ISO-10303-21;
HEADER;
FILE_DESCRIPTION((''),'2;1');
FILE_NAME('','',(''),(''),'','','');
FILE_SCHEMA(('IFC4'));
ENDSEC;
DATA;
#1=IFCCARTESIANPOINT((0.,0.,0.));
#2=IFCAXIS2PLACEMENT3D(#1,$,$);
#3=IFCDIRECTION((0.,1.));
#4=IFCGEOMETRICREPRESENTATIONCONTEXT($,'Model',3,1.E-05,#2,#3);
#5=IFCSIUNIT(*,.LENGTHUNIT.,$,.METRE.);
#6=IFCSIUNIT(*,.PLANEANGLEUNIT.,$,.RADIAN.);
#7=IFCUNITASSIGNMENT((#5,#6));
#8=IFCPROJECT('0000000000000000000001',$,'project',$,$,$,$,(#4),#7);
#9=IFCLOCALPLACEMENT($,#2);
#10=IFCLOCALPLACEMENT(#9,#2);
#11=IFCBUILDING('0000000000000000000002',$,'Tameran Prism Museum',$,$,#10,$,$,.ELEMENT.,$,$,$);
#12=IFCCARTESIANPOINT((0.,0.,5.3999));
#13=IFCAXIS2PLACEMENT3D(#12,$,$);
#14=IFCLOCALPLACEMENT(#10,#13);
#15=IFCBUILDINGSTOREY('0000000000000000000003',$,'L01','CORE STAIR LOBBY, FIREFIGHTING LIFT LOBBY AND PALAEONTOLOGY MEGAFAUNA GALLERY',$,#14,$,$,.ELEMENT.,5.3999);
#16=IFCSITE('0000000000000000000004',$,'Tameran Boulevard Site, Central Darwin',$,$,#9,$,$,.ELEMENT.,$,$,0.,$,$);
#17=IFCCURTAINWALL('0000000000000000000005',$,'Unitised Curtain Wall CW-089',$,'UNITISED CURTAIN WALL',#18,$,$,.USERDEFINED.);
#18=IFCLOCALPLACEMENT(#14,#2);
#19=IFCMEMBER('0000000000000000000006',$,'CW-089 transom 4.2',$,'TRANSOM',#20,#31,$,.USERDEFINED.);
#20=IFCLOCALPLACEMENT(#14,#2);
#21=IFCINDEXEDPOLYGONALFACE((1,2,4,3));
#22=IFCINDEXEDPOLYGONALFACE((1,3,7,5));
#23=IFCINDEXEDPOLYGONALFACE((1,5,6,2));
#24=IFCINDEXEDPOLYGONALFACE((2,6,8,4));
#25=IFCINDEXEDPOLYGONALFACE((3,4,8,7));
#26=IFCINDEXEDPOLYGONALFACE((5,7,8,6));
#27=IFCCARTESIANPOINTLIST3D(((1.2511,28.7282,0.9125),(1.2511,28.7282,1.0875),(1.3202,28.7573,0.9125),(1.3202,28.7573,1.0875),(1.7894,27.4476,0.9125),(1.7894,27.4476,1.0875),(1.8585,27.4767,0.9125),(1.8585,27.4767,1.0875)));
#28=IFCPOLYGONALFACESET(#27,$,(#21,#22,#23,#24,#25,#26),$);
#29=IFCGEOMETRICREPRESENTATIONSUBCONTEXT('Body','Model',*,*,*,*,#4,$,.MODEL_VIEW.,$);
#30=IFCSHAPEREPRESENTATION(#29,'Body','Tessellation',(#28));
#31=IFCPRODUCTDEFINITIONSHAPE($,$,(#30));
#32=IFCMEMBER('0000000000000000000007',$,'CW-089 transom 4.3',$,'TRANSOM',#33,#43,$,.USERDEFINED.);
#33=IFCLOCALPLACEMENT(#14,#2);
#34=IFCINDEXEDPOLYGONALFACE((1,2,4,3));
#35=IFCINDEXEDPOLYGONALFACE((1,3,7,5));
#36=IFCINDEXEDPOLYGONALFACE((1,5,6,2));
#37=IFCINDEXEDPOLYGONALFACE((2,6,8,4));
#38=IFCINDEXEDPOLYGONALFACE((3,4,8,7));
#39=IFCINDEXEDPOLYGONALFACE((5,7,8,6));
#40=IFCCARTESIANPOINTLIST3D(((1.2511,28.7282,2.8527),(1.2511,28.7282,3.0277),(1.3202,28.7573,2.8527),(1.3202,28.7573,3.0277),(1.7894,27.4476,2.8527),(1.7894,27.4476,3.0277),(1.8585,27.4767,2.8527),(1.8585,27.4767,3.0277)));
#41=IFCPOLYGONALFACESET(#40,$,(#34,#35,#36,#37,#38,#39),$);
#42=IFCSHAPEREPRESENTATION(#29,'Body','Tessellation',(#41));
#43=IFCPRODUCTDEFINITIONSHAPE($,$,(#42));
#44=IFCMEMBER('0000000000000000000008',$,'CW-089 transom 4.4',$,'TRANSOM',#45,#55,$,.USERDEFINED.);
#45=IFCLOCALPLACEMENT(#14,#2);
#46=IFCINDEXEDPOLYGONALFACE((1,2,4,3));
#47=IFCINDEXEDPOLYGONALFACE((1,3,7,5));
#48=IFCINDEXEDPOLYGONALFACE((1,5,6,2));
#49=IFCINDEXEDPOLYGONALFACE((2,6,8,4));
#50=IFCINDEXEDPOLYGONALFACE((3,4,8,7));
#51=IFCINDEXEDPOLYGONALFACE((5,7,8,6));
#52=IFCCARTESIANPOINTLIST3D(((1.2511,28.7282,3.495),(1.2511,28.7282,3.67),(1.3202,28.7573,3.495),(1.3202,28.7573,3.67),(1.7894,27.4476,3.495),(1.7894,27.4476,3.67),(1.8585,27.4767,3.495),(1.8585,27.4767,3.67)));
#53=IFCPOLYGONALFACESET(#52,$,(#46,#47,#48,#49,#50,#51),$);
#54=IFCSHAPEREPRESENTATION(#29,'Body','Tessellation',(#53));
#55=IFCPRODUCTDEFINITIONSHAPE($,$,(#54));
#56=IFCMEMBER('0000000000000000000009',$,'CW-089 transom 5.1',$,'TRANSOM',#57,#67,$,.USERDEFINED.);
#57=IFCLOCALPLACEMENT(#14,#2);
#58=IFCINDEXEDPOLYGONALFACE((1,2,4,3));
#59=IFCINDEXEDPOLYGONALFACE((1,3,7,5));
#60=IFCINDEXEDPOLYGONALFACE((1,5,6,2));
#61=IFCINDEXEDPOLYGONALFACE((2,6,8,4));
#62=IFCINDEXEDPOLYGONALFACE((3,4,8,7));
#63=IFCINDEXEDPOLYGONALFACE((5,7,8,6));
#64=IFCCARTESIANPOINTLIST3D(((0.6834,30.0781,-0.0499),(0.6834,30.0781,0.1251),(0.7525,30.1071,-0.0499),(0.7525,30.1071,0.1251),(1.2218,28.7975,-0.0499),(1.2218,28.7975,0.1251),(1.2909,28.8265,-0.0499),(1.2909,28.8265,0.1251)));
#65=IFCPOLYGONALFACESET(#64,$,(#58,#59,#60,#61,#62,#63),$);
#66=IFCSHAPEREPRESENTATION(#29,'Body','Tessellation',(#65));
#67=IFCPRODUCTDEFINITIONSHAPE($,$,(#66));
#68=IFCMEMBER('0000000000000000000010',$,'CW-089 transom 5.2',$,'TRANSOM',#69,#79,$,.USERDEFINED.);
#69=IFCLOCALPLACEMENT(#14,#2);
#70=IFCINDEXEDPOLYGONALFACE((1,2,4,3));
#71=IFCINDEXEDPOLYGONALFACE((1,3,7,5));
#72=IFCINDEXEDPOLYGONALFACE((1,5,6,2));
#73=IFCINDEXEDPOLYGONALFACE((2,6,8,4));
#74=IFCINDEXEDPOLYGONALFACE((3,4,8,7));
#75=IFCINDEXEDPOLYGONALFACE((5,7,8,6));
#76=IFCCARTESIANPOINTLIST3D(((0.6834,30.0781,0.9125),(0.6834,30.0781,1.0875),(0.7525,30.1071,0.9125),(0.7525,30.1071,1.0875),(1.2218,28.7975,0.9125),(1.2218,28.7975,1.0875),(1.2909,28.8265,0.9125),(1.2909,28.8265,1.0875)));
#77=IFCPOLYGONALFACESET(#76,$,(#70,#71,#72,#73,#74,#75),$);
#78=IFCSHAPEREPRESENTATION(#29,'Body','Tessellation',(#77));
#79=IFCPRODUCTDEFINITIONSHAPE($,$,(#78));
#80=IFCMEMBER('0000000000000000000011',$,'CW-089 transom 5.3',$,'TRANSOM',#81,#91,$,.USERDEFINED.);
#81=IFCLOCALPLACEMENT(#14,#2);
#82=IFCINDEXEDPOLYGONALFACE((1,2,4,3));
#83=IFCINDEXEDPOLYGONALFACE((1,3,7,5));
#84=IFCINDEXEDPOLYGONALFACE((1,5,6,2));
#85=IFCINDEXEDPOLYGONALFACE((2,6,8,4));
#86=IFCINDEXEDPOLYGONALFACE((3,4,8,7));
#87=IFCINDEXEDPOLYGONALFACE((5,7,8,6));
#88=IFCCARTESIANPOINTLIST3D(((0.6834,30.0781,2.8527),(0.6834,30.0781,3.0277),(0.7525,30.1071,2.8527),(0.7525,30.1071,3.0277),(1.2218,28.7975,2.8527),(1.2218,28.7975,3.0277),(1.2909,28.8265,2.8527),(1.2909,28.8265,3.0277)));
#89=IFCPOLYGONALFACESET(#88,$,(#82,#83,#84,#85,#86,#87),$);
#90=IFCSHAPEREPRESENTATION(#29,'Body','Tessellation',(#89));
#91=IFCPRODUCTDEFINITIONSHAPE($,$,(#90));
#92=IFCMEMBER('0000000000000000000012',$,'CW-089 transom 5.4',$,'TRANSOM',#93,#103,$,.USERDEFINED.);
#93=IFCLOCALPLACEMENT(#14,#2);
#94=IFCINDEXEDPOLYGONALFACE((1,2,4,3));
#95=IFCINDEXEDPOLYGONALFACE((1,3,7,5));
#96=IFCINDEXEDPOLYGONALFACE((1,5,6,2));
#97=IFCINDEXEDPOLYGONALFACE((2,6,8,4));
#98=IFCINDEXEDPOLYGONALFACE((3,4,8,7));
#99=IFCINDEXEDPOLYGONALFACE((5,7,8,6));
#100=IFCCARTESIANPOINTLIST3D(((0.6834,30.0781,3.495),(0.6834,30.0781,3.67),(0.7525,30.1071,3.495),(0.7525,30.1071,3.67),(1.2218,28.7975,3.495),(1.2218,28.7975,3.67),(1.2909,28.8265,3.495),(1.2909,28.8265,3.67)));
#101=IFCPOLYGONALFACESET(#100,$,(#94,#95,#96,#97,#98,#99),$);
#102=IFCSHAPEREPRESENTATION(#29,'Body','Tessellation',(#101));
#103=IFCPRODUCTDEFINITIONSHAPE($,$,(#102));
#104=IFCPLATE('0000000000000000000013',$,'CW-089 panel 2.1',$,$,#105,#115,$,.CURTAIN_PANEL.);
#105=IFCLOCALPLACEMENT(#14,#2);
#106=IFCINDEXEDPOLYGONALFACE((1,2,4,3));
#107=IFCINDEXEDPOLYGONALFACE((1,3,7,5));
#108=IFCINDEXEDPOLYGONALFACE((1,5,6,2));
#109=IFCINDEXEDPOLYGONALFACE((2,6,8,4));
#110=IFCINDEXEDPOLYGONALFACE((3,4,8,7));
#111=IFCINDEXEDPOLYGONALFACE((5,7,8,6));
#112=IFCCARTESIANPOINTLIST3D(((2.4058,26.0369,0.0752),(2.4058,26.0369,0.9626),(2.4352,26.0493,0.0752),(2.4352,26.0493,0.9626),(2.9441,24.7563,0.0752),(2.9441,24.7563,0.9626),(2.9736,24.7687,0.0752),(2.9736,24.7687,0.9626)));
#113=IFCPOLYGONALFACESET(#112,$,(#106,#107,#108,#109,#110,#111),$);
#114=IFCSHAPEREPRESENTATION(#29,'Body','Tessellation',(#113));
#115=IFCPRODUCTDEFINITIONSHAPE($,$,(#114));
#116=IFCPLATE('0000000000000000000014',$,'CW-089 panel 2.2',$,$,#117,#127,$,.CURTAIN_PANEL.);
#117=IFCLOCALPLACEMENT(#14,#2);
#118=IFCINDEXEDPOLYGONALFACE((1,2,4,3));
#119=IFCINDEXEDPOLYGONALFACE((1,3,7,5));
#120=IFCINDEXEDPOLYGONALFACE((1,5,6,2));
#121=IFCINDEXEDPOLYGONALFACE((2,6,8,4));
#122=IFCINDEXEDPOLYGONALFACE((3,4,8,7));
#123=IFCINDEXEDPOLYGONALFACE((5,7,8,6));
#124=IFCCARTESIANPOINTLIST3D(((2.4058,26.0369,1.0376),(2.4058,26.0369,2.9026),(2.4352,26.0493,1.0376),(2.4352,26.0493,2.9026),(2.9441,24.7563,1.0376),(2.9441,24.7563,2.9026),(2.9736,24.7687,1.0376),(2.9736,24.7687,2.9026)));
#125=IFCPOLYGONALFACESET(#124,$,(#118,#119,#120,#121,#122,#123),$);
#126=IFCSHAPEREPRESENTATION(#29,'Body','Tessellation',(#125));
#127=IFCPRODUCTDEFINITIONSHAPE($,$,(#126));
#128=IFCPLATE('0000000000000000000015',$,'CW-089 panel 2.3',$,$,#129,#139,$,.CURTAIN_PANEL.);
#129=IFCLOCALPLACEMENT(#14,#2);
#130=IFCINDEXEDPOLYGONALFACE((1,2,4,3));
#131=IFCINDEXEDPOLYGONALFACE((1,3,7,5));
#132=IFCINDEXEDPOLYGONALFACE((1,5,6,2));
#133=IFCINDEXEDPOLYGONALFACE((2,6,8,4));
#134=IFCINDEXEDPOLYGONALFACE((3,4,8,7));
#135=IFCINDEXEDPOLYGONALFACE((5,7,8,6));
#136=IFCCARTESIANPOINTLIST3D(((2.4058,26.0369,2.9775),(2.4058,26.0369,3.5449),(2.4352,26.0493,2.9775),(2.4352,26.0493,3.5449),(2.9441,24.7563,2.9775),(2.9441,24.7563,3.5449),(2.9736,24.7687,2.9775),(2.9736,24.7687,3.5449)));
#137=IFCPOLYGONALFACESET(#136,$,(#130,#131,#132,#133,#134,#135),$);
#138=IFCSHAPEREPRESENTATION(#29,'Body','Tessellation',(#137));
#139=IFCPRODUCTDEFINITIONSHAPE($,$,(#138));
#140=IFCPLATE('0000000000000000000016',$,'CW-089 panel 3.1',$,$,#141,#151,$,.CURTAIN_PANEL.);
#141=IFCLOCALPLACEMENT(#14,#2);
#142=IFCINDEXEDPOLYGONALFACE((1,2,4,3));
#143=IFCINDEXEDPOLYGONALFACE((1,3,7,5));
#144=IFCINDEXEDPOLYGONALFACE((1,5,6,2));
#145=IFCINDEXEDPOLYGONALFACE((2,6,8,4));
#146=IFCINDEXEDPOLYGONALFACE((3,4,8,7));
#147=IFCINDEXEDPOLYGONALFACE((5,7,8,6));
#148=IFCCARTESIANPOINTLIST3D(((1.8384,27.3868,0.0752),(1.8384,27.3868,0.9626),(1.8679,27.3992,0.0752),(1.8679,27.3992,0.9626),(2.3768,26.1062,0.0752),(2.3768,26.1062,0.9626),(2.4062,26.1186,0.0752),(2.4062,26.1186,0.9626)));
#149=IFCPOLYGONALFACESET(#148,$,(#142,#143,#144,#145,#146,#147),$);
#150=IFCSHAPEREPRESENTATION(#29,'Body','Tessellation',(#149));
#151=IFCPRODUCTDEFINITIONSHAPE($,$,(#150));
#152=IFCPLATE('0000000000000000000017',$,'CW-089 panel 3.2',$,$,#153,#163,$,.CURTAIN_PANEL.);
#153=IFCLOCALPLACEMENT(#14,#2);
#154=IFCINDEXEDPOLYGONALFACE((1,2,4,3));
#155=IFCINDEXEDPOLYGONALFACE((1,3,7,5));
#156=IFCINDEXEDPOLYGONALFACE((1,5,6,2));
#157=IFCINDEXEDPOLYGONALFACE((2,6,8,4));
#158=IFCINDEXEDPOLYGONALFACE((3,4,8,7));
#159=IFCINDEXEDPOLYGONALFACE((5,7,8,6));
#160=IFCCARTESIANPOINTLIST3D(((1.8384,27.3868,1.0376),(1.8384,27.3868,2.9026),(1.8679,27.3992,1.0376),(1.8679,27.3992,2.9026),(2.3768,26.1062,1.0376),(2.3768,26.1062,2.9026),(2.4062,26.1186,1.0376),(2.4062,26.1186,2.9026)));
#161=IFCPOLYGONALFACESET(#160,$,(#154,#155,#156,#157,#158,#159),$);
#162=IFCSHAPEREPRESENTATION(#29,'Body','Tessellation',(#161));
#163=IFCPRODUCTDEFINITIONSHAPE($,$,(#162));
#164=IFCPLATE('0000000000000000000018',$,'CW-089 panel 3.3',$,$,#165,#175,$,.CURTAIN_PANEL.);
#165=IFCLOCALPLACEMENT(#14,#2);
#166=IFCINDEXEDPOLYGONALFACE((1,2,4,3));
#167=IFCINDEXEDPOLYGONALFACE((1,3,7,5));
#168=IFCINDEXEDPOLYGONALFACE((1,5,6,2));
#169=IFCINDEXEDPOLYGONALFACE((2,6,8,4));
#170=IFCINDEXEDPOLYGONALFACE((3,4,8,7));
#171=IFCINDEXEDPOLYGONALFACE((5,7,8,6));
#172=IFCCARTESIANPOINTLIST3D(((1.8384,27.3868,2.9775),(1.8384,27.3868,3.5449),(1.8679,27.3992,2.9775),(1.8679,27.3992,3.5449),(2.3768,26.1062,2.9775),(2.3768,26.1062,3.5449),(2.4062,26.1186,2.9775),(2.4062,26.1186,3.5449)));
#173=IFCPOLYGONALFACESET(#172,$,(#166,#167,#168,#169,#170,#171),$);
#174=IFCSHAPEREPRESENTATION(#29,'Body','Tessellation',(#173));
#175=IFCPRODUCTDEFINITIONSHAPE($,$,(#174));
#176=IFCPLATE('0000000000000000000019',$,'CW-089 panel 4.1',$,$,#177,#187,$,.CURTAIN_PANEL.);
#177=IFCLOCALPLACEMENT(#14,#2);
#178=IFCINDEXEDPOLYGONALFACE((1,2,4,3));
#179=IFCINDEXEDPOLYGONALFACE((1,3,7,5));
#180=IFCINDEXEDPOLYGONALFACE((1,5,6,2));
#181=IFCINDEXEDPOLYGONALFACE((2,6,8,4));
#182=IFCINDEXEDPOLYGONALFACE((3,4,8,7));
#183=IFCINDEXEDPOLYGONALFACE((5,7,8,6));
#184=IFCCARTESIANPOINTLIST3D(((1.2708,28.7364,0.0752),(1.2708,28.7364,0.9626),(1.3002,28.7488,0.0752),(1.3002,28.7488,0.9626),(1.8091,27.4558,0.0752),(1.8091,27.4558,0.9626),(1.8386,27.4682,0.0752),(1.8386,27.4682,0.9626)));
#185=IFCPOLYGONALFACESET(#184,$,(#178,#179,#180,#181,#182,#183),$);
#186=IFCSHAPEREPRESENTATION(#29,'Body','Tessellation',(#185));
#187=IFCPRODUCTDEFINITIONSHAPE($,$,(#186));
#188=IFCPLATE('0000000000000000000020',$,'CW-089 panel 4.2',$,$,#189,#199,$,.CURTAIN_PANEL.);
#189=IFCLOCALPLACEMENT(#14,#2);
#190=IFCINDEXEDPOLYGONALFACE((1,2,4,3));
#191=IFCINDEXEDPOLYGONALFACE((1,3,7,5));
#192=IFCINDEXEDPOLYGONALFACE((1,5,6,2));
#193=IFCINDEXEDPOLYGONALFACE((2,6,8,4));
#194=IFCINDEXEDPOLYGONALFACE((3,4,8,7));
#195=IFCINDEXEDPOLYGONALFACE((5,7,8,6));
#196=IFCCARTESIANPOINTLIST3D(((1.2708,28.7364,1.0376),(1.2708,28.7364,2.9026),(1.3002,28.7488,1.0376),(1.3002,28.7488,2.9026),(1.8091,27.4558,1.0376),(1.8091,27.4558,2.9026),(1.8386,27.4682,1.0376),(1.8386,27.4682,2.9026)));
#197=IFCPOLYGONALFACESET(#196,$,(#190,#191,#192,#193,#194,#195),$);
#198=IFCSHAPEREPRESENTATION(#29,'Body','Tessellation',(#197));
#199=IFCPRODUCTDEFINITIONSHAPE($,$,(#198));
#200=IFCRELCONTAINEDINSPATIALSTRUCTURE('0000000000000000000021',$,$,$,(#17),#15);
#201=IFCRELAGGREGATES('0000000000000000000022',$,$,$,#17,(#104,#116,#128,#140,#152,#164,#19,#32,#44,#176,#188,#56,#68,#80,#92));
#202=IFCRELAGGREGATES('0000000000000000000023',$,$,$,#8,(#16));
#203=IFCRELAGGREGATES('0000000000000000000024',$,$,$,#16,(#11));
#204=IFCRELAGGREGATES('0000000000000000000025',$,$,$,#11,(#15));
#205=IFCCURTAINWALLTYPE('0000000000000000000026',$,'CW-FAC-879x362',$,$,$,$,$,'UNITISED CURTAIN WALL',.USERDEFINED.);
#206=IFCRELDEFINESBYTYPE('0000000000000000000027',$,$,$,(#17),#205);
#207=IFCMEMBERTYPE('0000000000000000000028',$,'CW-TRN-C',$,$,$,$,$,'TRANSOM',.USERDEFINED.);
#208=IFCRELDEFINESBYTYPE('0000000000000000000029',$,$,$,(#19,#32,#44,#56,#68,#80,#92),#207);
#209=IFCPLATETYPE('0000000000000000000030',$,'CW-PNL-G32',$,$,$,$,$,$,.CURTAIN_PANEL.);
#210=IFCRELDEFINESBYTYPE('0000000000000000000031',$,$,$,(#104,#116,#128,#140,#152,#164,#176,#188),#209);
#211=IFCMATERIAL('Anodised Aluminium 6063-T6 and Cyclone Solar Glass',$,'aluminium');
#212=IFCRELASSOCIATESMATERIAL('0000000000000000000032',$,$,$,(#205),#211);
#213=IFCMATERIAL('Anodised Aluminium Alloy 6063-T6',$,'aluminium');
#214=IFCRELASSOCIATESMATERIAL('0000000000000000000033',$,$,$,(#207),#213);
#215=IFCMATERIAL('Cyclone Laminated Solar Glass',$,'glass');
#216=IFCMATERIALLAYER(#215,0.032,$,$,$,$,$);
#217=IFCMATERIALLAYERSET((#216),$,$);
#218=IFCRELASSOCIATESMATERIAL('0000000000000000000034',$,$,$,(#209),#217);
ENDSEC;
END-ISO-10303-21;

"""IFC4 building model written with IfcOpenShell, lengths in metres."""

from ifc_helpers import new_model, si_unit, direction, frame, origin, origin_2d, place, context, subcontext, project, spatial, rectangle, extrude, material, layer, layer_set, material_profile, profile_set, type_object, element, aggregate, save


model = new_model("IFC4")

# Units and contexts
model_context = context("Model", 3, precision=1e-05, world=origin(), true_north=direction((0.0, 1.0)))
body_context = subcontext(model_context, "Body", "Model", "MODEL_VIEW")
ifc_project = project(units=[si_unit("LENGTHUNIT", "METRE"), si_unit("PLANEANGLEUNIT", "RADIAN")], contexts=[model_context])

# Site, building, storey
site_placement = place(None, origin())
site = spatial("IfcSite", under=ifc_project, at=site_placement, Name="Tameran Boulevard Site, Central Darwin", CompositionType="ELEMENT", RefElevation=0.0)
building_placement = place(site_placement, origin())
building = spatial("IfcBuilding", under=site, at=building_placement, Name="Tameran Prism Museum", CompositionType="ELEMENT")
storey_placement = place(building_placement, frame((0.0, 0.0, 5.3999)))
storey = spatial("IfcBuildingStorey", under=building, at=storey_placement, Name="L01", Description="CORE STAIR LOBBY, FIREFIGHTING LIFT LOBBY AND PALAEONTOLOGY MEGAFAUNA GALLERY", CompositionType="ELEMENT", Elevation=5.3999)

# Curtain wall, members, plates
ifc_material_1 = material(Name="Anodised Aluminium 6063-T6 and Cyclone Solar Glass", Category="aluminium")
curtain_wall_type = type_object("IfcCurtainWallType", Name="CW-FAC-879x362", ElementType="UNITISED CURTAIN WALL", PredefinedType="USERDEFINED", material=ifc_material_1)
curtain_wall_placement = place(storey_placement, origin())
curtain_wall = element("IfcCurtainWall", 1, at=curtain_wall_placement, inside=storey, type_object=curtain_wall_type, Name="Unitised Curtain Wall CW-089", ObjectType="UNITISED CURTAIN WALL", PredefinedType="USERDEFINED")
ifc_material_2 = material(Name="Anodised Aluminium Alloy 6063-T6", Category="aluminium")
ifc_material_profile_1 = material_profile(ifc_material_2, rectangle(XDim=0.075, YDim=0.175, at=origin_2d()))
ifc_profile_set_1 = profile_set([ifc_material_profile_1])
member_type_1 = type_object("IfcMemberType", Name="CW-TRN-C", ElementType="TRANSOM", PredefinedType="USERDEFINED", material=ifc_profile_set_1)
member_1_placement = place(storey_placement, frame((1.824, 27.4622, 1.0), z_axis=(-0.387546, 0.92185, 0.0), x_axis=(-0.92185, -0.387546, 0.0)))
member_1 = element("IfcMember", 2, at=member_1_placement, type_object=member_type_1, Name="CW-089 transom 4.2", ObjectType="TRANSOM", PredefinedType="USERDEFINED", context=body_context, shape_type="SweptSolid", body=[
    extrude(rectangle(XDim=0.075, YDim=0.175, at=origin_2d()), origin(), (0.0, 0.0, 1.0), 1.3892),
])
member_2_placement = place(storey_placement, frame((1.824, 27.4622, 2.9402), z_axis=(-0.387546, 0.92185, 0.0), x_axis=(-0.92185, -0.387546, 0.0)))
member_2 = element("IfcMember", 3, at=member_2_placement, type_object=member_type_1, Name="CW-089 transom 4.3", ObjectType="TRANSOM", PredefinedType="USERDEFINED", context=body_context, shape_type="SweptSolid", body=[
    extrude(rectangle(XDim=0.075, YDim=0.175, at=origin_2d()), origin(), (0.0, 0.0, 1.0), 1.3892),
])
member_3_placement = place(storey_placement, frame((1.824, 27.4622, 3.5825), z_axis=(-0.387546, 0.92185, 0.0), x_axis=(-0.92185, -0.387546, 0.0)))
member_3 = element("IfcMember", 4, at=member_3_placement, type_object=member_type_1, Name="CW-089 transom 4.4", ObjectType="TRANSOM", PredefinedType="USERDEFINED", context=body_context, shape_type="SweptSolid", body=[
    extrude(rectangle(XDim=0.075, YDim=0.175, at=origin_2d()), origin(), (0.0, 0.0, 1.0), 1.3892),
])
member_4_placement = place(storey_placement, frame((1.2563, 28.812, 0.0376), z_axis=(-0.387546, 0.92185, 0.0), x_axis=(-0.92185, -0.387546, 0.0)))
member_4 = element("IfcMember", 5, at=member_4_placement, type_object=member_type_1, Name="CW-089 transom 5.1", ObjectType="TRANSOM", PredefinedType="USERDEFINED", context=body_context, shape_type="SweptSolid", body=[
    extrude(rectangle(XDim=0.075, YDim=0.175, at=origin_2d()), origin(), (0.0, 0.0, 1.0), 1.3892),
])
member_5_placement = place(storey_placement, frame((1.2563, 28.812, 1.0), z_axis=(-0.387546, 0.92185, 0.0), x_axis=(-0.92185, -0.387546, 0.0)))
member_5 = element("IfcMember", 6, at=member_5_placement, type_object=member_type_1, Name="CW-089 transom 5.2", ObjectType="TRANSOM", PredefinedType="USERDEFINED", context=body_context, shape_type="SweptSolid", body=[
    extrude(rectangle(XDim=0.075, YDim=0.175, at=origin_2d()), origin(), (0.0, 0.0, 1.0), 1.3892),
])
member_6_placement = place(storey_placement, frame((1.2563, 28.812, 2.9402), z_axis=(-0.387546, 0.92185, 0.0), x_axis=(-0.92185, -0.387546, 0.0)))
member_6 = element("IfcMember", 7, at=member_6_placement, type_object=member_type_1, Name="CW-089 transom 5.3", ObjectType="TRANSOM", PredefinedType="USERDEFINED", context=body_context, shape_type="SweptSolid", body=[
    extrude(rectangle(XDim=0.075, YDim=0.175, at=origin_2d()), origin(), (0.0, 0.0, 1.0), 1.3892),
])
member_7_placement = place(storey_placement, frame((1.2563, 28.812, 3.5825), z_axis=(-0.387546, 0.92185, 0.0), x_axis=(-0.92185, -0.387546, 0.0)))
member_7 = element("IfcMember", 8, at=member_7_placement, type_object=member_type_1, Name="CW-089 transom 5.4", ObjectType="TRANSOM", PredefinedType="USERDEFINED", context=body_context, shape_type="SweptSolid", body=[
    extrude(rectangle(XDim=0.075, YDim=0.175, at=origin_2d()), origin(), (0.0, 0.0, 1.0), 1.3892),
])
ifc_material_3 = material(Name="Cyclone Laminated Solar Glass", Category="glass")
ifc_layer_1 = layer(ifc_material_3, 0.032)
ifc_layer_set_1 = layer_set([ifc_layer_1])
plate_type = type_object("IfcPlateType", Name="CW-PNL-G32", PredefinedType="CURTAIN_PANEL", material=ifc_layer_set_1)
plate_1_placement = place(storey_placement, frame((2.6897, 25.4028, 0.0752), z_axis=(0.0, 0.0, 1.0), x_axis=(-0.387563, 0.921843, 0.0)))
plate_1 = element("IfcPlate", 9, at=plate_1_placement, type_object=plate_type, Name="CW-089 panel 2.1", PredefinedType="CURTAIN_PANEL", context=body_context, shape_type="SweptSolid", body=[
    extrude(rectangle(XDim=1.3892, YDim=0.032, at=origin_2d()), origin(), (0.0, 0.0, 1.0), 0.8875),
])
plate_2_placement = place(storey_placement, frame((2.6897, 25.4028, 1.0376), z_axis=(0.0, 0.0, 1.0), x_axis=(-0.387563, 0.921843, 0.0)))
plate_2 = element("IfcPlate", 10, at=plate_2_placement, type_object=plate_type, Name="CW-089 panel 2.2", PredefinedType="CURTAIN_PANEL", context=body_context, shape_type="SweptSolid", body=[
    extrude(rectangle(XDim=1.3892, YDim=0.032, at=origin_2d()), origin(), (0.0, 0.0, 1.0), 1.865),
])
plate_3_placement = place(storey_placement, frame((2.6897, 25.4028, 2.9775), z_axis=(0.0, 0.0, 1.0), x_axis=(-0.387563, 0.921843, 0.0)))
plate_3 = element("IfcPlate", 11, at=plate_3_placement, type_object=plate_type, Name="CW-089 panel 2.3", PredefinedType="CURTAIN_PANEL", context=body_context, shape_type="SweptSolid", body=[
    extrude(rectangle(XDim=1.3892, YDim=0.032, at=origin_2d()), origin(), (0.0, 0.0, 1.0), 0.5674),
])
plate_4_placement = place(storey_placement, frame((2.1223, 26.7527, 0.0752), z_axis=(0.0, 0.0, 1.0), x_axis=(-0.387563, 0.921843, 0.0)))
plate_4 = element("IfcPlate", 12, at=plate_4_placement, type_object=plate_type, Name="CW-089 panel 3.1", PredefinedType="CURTAIN_PANEL", context=body_context, shape_type="SweptSolid", body=[
    extrude(rectangle(XDim=1.3892, YDim=0.032, at=origin_2d()), origin(), (0.0, 0.0, 1.0), 0.8875),
])
plate_5_placement = place(storey_placement, frame((2.1223, 26.7527, 1.0376), z_axis=(0.0, 0.0, 1.0), x_axis=(-0.387563, 0.921843, 0.0)))
plate_5 = element("IfcPlate", 13, at=plate_5_placement, type_object=plate_type, Name="CW-089 panel 3.2", PredefinedType="CURTAIN_PANEL", context=body_context, shape_type="SweptSolid", body=[
    extrude(rectangle(XDim=1.3892, YDim=0.032, at=origin_2d()), origin(), (0.0, 0.0, 1.0), 1.865),
])
plate_6_placement = place(storey_placement, frame((2.1223, 26.7527, 2.9775), z_axis=(0.0, 0.0, 1.0), x_axis=(-0.387563, 0.921843, 0.0)))
plate_6 = element("IfcPlate", 14, at=plate_6_placement, type_object=plate_type, Name="CW-089 panel 3.3", PredefinedType="CURTAIN_PANEL", context=body_context, shape_type="SweptSolid", body=[
    extrude(rectangle(XDim=1.3892, YDim=0.032, at=origin_2d()), origin(), (0.0, 0.0, 1.0), 0.5674),
])
plate_7_placement = place(storey_placement, frame((1.5547, 28.1023, 0.0752), z_axis=(0.0, 0.0, 1.0), x_axis=(-0.387563, 0.921843, 0.0)))
plate_7 = element("IfcPlate", 15, at=plate_7_placement, type_object=plate_type, Name="CW-089 panel 4.1", PredefinedType="CURTAIN_PANEL", context=body_context, shape_type="SweptSolid", body=[
    extrude(rectangle(XDim=1.3892, YDim=0.032, at=origin_2d()), origin(), (0.0, 0.0, 1.0), 0.8875),
])
plate_8_placement = place(storey_placement, frame((1.5547, 28.1023, 1.0376), z_axis=(0.0, 0.0, 1.0), x_axis=(-0.387563, 0.921843, 0.0)))
plate_8 = element("IfcPlate", 16, at=plate_8_placement, type_object=plate_type, Name="CW-089 panel 4.2", PredefinedType="CURTAIN_PANEL", context=body_context, shape_type="SweptSolid", body=[
    extrude(rectangle(XDim=1.3892, YDim=0.032, at=origin_2d()), origin(), (0.0, 0.0, 1.0), 1.865),
])
aggregate(curtain_wall, [plate_1, plate_2, plate_3, plate_4, plate_5, plate_6, member_1, member_2, member_3, plate_7, plate_8, member_4, member_5, member_6, member_7])

save(model, "model.ifc")
